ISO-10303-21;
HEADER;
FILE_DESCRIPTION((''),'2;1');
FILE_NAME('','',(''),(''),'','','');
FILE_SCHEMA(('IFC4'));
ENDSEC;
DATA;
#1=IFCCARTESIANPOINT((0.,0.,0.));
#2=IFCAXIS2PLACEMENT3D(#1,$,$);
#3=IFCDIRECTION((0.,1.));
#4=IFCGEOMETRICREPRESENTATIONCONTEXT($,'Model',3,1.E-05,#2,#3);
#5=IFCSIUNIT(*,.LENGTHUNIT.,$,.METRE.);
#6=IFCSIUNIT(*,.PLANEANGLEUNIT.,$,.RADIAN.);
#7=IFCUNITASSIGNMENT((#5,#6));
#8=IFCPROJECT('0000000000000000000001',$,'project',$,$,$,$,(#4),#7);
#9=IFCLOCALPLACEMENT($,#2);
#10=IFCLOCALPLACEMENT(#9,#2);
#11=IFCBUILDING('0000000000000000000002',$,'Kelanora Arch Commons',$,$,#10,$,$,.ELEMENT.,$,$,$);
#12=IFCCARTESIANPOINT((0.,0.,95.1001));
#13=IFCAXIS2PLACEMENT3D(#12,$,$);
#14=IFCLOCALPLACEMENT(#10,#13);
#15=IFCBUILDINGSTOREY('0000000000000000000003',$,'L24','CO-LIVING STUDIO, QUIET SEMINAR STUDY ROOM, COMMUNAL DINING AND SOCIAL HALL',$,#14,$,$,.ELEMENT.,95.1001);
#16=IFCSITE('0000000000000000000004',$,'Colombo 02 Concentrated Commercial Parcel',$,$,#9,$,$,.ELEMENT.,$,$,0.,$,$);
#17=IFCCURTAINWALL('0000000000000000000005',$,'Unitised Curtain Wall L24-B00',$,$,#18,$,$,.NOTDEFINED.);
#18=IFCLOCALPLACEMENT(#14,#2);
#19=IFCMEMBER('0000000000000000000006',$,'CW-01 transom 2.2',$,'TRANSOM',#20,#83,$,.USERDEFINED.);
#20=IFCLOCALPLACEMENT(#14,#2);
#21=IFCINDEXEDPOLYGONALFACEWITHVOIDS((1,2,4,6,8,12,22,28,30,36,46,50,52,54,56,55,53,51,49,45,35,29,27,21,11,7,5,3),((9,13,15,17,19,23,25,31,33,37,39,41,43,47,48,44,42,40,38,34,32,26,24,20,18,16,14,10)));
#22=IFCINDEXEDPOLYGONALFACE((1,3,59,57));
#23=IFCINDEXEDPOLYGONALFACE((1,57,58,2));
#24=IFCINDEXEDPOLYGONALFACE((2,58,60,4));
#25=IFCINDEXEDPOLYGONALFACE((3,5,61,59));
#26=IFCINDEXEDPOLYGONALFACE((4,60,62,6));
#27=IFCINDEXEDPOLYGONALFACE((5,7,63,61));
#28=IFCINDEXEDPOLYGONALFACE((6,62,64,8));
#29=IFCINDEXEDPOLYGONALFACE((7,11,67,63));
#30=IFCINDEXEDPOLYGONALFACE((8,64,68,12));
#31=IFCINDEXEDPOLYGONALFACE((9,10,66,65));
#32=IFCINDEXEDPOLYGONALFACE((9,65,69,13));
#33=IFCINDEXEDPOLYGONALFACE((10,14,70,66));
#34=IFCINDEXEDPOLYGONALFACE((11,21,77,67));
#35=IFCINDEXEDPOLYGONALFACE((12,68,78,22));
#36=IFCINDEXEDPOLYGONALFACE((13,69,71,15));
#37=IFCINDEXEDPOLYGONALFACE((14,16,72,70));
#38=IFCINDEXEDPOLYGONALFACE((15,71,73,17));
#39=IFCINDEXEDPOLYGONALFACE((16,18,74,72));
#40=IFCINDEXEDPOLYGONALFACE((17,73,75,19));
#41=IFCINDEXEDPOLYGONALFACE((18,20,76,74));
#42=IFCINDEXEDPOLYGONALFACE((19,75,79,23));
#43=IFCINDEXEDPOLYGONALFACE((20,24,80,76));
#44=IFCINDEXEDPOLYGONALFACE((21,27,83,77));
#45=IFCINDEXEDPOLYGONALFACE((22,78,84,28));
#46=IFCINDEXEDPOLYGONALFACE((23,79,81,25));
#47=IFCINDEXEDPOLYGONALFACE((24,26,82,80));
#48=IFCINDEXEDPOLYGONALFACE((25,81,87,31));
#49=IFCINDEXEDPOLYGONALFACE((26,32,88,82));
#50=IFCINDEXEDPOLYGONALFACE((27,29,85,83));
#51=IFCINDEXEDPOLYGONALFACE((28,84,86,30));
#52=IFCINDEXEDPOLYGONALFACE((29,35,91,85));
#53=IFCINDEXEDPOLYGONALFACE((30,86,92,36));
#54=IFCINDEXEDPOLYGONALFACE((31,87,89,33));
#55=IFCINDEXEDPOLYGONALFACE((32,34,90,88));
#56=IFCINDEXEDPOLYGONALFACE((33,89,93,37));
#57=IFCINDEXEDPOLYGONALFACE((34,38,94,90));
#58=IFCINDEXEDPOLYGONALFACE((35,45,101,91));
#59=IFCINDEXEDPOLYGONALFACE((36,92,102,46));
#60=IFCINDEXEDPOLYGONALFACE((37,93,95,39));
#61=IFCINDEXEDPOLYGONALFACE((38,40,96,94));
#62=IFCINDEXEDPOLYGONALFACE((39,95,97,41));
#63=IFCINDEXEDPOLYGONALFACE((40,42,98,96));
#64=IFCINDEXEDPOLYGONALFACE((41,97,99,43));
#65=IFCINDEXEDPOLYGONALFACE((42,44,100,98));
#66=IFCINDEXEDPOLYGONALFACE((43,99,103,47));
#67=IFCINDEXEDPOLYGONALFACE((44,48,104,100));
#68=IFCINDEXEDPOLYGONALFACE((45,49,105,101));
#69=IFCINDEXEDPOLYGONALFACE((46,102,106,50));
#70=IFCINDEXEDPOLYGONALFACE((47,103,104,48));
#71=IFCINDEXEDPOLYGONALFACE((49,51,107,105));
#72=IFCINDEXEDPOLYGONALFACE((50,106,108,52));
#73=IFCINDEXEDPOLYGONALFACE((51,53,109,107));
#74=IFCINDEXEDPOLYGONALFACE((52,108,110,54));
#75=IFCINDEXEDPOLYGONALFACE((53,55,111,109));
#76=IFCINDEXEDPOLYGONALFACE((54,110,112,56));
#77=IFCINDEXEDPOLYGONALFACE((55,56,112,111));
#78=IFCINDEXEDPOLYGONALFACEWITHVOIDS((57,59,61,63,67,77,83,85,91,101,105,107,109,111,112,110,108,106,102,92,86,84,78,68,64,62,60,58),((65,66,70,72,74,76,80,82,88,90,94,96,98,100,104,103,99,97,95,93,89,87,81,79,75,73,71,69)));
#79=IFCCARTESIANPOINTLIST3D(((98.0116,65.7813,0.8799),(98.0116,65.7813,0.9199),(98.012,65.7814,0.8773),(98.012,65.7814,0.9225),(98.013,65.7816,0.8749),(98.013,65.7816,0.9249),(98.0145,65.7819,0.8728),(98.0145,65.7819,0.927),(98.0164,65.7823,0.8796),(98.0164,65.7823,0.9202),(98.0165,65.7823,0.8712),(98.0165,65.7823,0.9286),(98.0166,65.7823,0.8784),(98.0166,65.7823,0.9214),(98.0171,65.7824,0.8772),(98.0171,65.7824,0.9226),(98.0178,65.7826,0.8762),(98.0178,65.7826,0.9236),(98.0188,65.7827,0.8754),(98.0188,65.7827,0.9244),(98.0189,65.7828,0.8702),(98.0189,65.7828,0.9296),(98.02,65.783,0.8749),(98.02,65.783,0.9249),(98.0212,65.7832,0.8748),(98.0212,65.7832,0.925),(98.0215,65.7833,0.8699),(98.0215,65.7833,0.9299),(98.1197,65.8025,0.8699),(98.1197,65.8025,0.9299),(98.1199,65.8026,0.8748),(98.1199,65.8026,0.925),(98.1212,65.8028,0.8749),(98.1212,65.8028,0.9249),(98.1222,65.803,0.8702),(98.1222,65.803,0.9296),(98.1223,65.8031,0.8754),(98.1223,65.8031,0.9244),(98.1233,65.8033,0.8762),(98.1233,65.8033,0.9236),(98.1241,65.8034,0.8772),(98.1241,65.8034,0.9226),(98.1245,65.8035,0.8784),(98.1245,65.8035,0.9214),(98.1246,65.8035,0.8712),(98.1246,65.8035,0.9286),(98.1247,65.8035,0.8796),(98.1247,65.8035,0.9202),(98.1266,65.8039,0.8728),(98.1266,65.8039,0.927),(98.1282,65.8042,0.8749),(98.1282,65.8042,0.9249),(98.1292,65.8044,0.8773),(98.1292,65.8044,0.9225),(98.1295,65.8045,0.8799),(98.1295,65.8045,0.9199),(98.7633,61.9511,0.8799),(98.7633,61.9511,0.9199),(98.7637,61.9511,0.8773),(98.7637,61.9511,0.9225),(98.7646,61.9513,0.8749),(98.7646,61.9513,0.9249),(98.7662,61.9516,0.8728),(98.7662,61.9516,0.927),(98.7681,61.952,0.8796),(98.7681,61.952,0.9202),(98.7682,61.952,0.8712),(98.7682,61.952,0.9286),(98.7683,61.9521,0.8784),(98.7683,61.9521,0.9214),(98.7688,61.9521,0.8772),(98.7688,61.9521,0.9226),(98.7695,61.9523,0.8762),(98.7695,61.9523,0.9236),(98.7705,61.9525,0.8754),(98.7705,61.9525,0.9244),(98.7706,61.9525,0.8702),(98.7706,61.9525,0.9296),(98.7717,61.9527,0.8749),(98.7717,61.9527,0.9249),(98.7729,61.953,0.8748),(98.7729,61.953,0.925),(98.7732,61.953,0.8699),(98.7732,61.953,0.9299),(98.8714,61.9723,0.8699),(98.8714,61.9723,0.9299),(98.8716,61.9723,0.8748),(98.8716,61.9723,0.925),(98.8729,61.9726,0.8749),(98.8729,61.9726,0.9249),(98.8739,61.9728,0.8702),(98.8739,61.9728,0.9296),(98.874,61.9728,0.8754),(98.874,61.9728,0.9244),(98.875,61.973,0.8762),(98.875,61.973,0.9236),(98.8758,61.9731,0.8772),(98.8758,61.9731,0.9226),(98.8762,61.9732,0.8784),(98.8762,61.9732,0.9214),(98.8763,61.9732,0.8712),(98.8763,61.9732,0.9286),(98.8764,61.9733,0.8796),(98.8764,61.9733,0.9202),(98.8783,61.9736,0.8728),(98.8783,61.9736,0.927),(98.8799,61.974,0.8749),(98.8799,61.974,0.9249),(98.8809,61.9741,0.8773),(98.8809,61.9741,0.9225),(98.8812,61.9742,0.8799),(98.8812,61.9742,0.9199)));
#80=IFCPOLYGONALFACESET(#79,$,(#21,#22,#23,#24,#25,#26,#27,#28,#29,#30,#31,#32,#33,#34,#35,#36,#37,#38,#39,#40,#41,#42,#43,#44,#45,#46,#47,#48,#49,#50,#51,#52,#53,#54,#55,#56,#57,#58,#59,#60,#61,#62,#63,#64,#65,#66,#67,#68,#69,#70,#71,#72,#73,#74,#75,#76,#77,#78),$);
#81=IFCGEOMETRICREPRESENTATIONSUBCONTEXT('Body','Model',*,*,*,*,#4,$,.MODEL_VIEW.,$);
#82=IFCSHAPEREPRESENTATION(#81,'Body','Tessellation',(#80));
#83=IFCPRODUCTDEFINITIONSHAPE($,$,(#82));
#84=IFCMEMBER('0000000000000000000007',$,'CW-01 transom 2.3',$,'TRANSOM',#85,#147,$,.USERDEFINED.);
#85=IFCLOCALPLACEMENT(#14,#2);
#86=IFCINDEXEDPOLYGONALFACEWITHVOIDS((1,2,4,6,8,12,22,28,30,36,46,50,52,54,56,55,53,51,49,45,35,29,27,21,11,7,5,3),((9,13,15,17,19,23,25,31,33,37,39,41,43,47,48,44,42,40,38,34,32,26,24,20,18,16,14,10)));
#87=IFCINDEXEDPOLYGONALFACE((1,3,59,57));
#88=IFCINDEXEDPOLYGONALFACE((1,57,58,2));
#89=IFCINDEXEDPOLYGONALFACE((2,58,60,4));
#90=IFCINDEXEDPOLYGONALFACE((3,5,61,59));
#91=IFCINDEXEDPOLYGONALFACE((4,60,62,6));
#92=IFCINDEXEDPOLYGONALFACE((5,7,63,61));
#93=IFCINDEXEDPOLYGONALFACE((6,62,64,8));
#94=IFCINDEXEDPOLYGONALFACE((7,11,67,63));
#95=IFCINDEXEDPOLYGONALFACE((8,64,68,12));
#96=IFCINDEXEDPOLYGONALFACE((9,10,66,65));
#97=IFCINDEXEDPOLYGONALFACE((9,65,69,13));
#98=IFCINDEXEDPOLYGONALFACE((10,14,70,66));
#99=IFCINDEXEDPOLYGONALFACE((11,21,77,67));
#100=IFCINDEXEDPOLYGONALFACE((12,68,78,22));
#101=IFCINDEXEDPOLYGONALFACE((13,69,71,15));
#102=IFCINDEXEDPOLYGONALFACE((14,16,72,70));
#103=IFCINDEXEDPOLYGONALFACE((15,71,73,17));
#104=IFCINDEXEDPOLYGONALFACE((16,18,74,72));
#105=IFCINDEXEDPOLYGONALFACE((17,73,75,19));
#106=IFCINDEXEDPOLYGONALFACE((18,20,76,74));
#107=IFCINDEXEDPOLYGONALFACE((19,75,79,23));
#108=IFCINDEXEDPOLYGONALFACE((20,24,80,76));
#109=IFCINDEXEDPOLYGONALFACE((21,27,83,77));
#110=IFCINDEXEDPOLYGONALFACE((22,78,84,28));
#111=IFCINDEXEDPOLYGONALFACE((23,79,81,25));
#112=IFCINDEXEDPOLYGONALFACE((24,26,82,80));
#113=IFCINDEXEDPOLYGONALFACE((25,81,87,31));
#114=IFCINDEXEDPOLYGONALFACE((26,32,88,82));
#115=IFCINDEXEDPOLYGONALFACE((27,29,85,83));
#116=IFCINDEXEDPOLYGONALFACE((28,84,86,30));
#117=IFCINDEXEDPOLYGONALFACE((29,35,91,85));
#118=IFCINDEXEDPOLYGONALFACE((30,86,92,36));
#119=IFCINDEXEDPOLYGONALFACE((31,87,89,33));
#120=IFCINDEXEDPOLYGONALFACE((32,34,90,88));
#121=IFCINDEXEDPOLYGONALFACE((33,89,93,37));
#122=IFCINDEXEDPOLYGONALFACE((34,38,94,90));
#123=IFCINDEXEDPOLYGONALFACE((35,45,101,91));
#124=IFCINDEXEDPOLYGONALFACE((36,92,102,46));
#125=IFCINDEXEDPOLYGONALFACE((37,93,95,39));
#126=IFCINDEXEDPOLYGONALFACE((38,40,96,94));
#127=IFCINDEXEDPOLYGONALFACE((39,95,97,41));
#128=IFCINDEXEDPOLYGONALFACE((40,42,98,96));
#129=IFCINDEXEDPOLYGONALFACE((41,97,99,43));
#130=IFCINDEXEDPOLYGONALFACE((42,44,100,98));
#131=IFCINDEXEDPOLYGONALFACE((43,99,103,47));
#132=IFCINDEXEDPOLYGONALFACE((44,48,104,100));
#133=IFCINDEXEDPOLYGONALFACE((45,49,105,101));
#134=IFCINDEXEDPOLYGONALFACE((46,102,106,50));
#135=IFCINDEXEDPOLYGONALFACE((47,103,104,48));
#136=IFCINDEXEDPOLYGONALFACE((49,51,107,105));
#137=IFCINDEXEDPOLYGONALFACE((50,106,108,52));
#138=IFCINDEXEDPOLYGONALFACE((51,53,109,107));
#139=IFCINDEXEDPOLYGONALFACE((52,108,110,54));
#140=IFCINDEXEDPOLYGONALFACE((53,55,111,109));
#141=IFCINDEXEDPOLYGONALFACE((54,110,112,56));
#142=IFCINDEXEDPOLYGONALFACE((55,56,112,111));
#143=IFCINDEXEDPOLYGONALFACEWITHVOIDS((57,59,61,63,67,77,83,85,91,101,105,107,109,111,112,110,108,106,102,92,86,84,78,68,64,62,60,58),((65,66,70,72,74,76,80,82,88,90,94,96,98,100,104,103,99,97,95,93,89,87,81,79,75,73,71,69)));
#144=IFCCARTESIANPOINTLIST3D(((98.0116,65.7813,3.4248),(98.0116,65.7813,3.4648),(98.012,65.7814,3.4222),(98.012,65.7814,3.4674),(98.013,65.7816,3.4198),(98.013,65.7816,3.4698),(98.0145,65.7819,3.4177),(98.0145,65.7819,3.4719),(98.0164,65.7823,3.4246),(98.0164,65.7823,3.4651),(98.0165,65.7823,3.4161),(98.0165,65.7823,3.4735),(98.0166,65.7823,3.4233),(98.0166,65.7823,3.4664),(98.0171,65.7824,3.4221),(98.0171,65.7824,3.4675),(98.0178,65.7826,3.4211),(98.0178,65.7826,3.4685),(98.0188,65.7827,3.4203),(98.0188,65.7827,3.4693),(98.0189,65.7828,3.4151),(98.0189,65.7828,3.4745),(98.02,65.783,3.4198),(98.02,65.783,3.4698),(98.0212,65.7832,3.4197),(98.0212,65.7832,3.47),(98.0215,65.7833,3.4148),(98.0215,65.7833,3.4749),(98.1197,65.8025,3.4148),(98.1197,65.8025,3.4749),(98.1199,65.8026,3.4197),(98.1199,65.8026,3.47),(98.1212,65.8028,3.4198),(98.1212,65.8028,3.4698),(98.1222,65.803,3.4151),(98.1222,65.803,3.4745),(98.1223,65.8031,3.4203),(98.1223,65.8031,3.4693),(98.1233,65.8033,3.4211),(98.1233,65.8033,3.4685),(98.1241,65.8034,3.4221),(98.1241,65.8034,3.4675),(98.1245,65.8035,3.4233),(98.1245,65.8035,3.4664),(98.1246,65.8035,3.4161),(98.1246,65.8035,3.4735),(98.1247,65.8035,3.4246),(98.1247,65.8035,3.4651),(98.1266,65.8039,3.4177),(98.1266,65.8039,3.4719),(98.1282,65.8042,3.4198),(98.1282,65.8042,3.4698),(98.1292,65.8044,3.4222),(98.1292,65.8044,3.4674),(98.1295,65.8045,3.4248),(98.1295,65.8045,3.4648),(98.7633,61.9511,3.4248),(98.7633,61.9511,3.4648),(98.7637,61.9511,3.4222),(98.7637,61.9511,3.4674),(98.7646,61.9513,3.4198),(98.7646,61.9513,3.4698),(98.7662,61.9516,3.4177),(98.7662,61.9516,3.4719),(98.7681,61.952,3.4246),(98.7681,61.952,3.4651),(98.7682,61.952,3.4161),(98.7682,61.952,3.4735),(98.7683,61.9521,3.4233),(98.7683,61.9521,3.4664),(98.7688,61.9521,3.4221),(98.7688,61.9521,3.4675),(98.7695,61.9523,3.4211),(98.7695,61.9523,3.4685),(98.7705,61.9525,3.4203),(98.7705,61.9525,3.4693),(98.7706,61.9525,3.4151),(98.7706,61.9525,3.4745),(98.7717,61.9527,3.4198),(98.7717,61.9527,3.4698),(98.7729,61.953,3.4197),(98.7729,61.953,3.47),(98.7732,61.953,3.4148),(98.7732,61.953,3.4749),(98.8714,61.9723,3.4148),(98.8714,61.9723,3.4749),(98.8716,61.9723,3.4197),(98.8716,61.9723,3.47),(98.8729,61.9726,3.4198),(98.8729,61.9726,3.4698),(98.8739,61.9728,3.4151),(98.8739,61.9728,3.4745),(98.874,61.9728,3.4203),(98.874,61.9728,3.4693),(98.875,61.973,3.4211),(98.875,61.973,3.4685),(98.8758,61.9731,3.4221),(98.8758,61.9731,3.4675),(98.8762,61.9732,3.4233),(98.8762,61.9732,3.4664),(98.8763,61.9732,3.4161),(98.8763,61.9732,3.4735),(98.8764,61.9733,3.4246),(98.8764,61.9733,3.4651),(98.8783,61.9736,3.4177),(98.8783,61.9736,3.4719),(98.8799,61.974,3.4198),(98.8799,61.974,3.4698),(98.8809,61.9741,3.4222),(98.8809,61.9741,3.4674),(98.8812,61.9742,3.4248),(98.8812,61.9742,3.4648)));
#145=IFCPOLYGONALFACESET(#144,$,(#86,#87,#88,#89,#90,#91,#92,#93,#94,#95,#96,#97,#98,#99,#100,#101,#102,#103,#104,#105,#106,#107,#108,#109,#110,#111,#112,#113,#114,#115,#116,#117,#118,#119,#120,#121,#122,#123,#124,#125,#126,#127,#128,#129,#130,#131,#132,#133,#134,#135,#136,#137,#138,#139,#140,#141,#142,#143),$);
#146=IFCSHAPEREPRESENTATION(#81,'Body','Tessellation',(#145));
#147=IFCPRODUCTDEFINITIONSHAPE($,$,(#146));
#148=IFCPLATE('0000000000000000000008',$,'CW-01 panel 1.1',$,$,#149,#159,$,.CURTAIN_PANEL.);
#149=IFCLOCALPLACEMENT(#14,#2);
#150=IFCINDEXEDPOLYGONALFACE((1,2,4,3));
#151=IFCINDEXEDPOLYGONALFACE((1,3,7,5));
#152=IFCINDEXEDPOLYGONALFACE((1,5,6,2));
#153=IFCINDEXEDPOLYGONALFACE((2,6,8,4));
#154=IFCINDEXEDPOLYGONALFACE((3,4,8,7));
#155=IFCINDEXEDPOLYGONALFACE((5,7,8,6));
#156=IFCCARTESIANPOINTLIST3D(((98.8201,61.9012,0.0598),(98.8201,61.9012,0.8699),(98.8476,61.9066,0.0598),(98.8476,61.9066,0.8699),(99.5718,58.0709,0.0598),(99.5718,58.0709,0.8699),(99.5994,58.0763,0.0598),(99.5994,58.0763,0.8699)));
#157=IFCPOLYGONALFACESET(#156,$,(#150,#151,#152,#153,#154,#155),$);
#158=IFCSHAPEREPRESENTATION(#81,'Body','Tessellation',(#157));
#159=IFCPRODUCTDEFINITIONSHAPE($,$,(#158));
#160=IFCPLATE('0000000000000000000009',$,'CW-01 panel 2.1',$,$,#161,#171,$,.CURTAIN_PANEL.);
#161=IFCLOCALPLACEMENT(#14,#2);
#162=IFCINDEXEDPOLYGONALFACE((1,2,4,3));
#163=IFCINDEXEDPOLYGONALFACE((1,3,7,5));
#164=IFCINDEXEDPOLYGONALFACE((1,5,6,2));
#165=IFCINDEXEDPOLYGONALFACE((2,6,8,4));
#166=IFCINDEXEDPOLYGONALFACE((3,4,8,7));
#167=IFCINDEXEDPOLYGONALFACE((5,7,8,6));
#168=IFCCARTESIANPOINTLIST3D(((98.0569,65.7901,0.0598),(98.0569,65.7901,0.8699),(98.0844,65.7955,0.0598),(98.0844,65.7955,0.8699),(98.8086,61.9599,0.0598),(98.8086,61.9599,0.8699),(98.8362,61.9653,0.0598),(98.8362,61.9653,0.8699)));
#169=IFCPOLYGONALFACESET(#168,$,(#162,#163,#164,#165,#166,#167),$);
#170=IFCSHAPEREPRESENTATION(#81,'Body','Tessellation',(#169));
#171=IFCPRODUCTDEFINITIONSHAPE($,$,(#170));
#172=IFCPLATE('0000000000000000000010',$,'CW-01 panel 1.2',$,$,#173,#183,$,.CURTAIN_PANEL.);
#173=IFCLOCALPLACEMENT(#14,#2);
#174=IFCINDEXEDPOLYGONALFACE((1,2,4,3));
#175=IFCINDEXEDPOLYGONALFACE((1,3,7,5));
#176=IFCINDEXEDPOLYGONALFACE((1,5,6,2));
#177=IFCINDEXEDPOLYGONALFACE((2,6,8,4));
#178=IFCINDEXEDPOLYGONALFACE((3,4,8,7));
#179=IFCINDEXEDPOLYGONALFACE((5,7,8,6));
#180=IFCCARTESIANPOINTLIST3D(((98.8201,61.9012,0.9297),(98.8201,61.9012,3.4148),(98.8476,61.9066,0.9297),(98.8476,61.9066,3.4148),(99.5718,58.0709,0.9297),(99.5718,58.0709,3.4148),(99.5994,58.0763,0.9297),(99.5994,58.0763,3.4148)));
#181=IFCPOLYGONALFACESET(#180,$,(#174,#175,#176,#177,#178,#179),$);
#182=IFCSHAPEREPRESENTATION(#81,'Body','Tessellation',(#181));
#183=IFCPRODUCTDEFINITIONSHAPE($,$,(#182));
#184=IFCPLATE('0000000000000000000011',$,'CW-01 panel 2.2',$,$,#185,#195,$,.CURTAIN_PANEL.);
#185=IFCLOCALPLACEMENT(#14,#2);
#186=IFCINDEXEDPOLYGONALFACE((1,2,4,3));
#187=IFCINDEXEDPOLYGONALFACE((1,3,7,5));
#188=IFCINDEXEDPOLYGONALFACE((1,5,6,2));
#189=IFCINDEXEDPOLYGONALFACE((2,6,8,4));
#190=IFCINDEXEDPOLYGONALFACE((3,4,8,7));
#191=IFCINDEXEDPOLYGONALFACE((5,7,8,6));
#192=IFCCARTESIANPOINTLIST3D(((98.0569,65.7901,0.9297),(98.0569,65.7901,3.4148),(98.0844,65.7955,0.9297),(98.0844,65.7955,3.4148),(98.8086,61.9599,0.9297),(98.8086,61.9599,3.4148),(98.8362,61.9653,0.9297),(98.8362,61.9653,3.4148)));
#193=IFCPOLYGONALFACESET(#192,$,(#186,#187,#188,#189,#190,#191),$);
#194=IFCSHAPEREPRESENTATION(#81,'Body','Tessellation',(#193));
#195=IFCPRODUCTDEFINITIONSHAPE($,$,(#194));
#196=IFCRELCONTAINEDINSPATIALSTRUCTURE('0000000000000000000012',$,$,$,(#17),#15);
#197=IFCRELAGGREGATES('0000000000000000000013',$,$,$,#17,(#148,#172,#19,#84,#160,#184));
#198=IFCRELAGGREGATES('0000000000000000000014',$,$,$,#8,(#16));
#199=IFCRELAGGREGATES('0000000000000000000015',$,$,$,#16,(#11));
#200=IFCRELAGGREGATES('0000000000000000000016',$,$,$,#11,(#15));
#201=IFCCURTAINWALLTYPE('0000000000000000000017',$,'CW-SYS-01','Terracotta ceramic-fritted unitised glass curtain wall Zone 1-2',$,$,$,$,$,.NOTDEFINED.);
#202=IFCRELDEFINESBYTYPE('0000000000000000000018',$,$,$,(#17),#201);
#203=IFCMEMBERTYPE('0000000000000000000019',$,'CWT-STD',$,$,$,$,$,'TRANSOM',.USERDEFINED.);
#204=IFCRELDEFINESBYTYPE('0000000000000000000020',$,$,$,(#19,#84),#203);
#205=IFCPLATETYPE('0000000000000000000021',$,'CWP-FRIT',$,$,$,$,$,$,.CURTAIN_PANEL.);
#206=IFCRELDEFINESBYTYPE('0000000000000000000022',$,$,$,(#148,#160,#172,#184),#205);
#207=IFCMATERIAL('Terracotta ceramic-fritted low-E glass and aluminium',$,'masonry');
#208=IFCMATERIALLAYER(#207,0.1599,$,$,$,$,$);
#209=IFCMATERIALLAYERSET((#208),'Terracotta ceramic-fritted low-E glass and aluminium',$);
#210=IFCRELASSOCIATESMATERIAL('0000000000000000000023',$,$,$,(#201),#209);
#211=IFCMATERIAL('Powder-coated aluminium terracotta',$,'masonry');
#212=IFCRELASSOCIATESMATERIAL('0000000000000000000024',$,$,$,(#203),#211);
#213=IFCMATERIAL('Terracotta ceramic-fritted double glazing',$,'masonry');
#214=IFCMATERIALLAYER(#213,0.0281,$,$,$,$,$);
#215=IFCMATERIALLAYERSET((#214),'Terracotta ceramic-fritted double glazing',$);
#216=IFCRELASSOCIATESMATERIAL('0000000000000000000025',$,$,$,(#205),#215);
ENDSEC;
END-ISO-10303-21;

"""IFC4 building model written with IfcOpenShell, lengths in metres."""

from ifc_helpers import new_model, si_unit, direction, frame, origin, origin_2d, place, context, subcontext, project, spatial, rectangle, hollow_rectangle, extrude, source, transform, mapped, material, layer, layer_set, material_profile, profile_set, type_object, element, aggregate, save


model = new_model("IFC4")

# Units and contexts
model_context = context("Model", 3, precision=1e-05, world=origin(), true_north=direction((0.0, 1.0)))
body_context = subcontext(model_context, "Body", "Model", "MODEL_VIEW")
ifc_project = project(units=[si_unit("LENGTHUNIT", "METRE"), si_unit("PLANEANGLEUNIT", "RADIAN")], contexts=[model_context])

# Site, building, storey
site_placement = place(None, origin())
site = spatial("IfcSite", under=ifc_project, at=site_placement, Name="Colombo 02 Concentrated Commercial Parcel", CompositionType="ELEMENT", RefElevation=0.0)
building_placement = place(site_placement, origin())
building = spatial("IfcBuilding", under=site, at=building_placement, Name="Kelanora Arch Commons", CompositionType="ELEMENT")
storey_placement = place(building_placement, frame((0.0, 0.0, 95.1001)))
storey = spatial("IfcBuildingStorey", under=building, at=storey_placement, Name="L24", Description="CO-LIVING STUDIO, QUIET SEMINAR STUDY ROOM, COMMUNAL DINING AND SOCIAL HALL", CompositionType="ELEMENT", Elevation=95.1001)

# Curtain wall, members, plates
ifc_material_1 = material(Name="Terracotta ceramic-fritted low-E glass and aluminium", Category="masonry")
ifc_layer_1 = layer(ifc_material_1, 0.1599)
ifc_layer_set_1 = layer_set([ifc_layer_1], Name="Terracotta ceramic-fritted low-E glass and aluminium")
curtain_wall_type = type_object("IfcCurtainWallType", Name="CW-SYS-01", Description="Terracotta ceramic-fritted unitised glass curtain wall Zone 1-2", PredefinedType="NOTDEFINED", material=ifc_layer_set_1)
curtain_wall_placement = place(storey_placement, origin())
curtain_wall = element("IfcCurtainWall", 1, at=curtain_wall_placement, inside=storey, type_object=curtain_wall_type, Name="Unitised Curtain Wall L24-B00", PredefinedType="NOTDEFINED")
ifc_material_2 = material(Name="Powder-coated aluminium terracotta", Category="masonry")
ifc_material_profile_1 = material_profile(ifc_material_2, hollow_rectangle(XDim=0.1201, YDim=0.0601, WallThickness=0.0049, InnerFilletRadius=0.0049, OuterFilletRadius=0.01, at=origin_2d()), Name="CWT120x60")
ifc_profile_set_1 = profile_set([ifc_material_profile_1], Name="Powder-coated aluminium terracotta")
member_type_1 = type_object("IfcMemberType", Name="CWT-STD", ElementType="TRANSOM", PredefinedType="USERDEFINED", material=ifc_profile_set_1)
member_1_placement = place(storey_placement, frame((98.8223, 61.9626, 0.8999), z_axis=(-0.192579, 0.981282, 0.0), x_axis=(-0.981282, -0.192579, 0.0)))
member_1 = element("IfcMember", 2, at=member_1_placement, type_object=member_type_1, Name="CW-01 transom 2.2", ObjectType="TRANSOM", PredefinedType="USERDEFINED", context=body_context, shape_type="SweptSolid", body=[
    extrude(hollow_rectangle(XDim=0.1201, YDim=0.0601, WallThickness=0.0049, InnerFilletRadius=0.0049, OuterFilletRadius=0.01, at=origin_2d()), origin(), (0.0, 0.0, 1.0), 3.9033),
])
member_2_placement = place(storey_placement, frame((98.8223, 61.9626, 3.4448), z_axis=(-0.192579, 0.981282, 0.0), x_axis=(-0.981282, -0.192579, 0.0)))
member_2 = element("IfcMember", 3, at=member_2_placement, type_object=member_type_1, Name="CW-01 transom 2.3", ObjectType="TRANSOM", PredefinedType="USERDEFINED", context=body_context, shape_type="SweptSolid", body=[
    extrude(hollow_rectangle(XDim=0.1201, YDim=0.0601, WallThickness=0.0049, InnerFilletRadius=0.0049, OuterFilletRadius=0.01, at=origin_2d()), origin(), (0.0, 0.0, 1.0), 3.9033),
])
ifc_material_3 = material(Name="Terracotta ceramic-fritted double glazing", Category="masonry")
ifc_layer_2 = layer(ifc_material_3, 0.0281)
ifc_layer_set_2 = layer_set([ifc_layer_2], Name="Terracotta ceramic-fritted double glazing")
plate_type = type_object("IfcPlateType", Name="CWP-FRIT", PredefinedType="CURTAIN_PANEL", material=ifc_layer_set_2)
shared_shape_1 = source(origin(), body_context, "Body", "SweptSolid", [
    extrude(rectangle(XDim=3.9033, YDim=0.0281, at=origin_2d()), origin(), (0.0, 0.0, 1.0), 0.8101),
])
plate_1_placement = place(storey_placement, frame((99.2097, 59.9888, 0.0598), z_axis=(0.0, 0.0, 1.0), x_axis=(-0.192585, 0.98128, 0.0)))
plate_1 = element("IfcPlate", 4, at=plate_1_placement, type_object=plate_type, Name="CW-01 panel 1.1", PredefinedType="CURTAIN_PANEL", context=body_context, shape_type="MappedRepresentation", body=[
    mapped(shared_shape_1, transform((0.0, 0.0, 0.0), scale=1.0)),
])
plate_2_placement = place(storey_placement, frame((98.4465, 63.8777, 0.0598), z_axis=(0.0, 0.0, 1.0), x_axis=(-0.192585, 0.98128, 0.0)))
plate_2 = element("IfcPlate", 5, at=plate_2_placement, type_object=plate_type, Name="CW-01 panel 2.1", PredefinedType="CURTAIN_PANEL", context=body_context, shape_type="MappedRepresentation", body=[
    mapped(shared_shape_1, transform((0.0, 0.0, 0.0), scale=1.0)),
])
shared_shape_2 = source(origin(), body_context, "Body", "SweptSolid", [
    extrude(rectangle(XDim=3.9033, YDim=0.0281, at=origin_2d()), origin(), (0.0, 0.0, 1.0), 2.4851),
])
plate_3_placement = place(storey_placement, frame((99.2097, 59.9888, 0.9297), z_axis=(0.0, 0.0, 1.0), x_axis=(-0.192585, 0.98128, 0.0)))
plate_3 = element("IfcPlate", 6, at=plate_3_placement, type_object=plate_type, Name="CW-01 panel 1.2", PredefinedType="CURTAIN_PANEL", context=body_context, shape_type="MappedRepresentation", body=[
    mapped(shared_shape_2, transform((0.0, 0.0, 0.0), scale=1.0)),
])
plate_4_placement = place(storey_placement, frame((98.4465, 63.8777, 0.9297), z_axis=(0.0, 0.0, 1.0), x_axis=(-0.192585, 0.98128, 0.0)))
plate_4 = element("IfcPlate", 7, at=plate_4_placement, type_object=plate_type, Name="CW-01 panel 2.2", PredefinedType="CURTAIN_PANEL", context=body_context, shape_type="MappedRepresentation", body=[
    mapped(shared_shape_2, transform((0.0, 0.0, 0.0), scale=1.0)),
])
aggregate(curtain_wall, [plate_1, plate_3, member_1, member_2, plate_2, plate_4])

save(model, "model.ifc")
